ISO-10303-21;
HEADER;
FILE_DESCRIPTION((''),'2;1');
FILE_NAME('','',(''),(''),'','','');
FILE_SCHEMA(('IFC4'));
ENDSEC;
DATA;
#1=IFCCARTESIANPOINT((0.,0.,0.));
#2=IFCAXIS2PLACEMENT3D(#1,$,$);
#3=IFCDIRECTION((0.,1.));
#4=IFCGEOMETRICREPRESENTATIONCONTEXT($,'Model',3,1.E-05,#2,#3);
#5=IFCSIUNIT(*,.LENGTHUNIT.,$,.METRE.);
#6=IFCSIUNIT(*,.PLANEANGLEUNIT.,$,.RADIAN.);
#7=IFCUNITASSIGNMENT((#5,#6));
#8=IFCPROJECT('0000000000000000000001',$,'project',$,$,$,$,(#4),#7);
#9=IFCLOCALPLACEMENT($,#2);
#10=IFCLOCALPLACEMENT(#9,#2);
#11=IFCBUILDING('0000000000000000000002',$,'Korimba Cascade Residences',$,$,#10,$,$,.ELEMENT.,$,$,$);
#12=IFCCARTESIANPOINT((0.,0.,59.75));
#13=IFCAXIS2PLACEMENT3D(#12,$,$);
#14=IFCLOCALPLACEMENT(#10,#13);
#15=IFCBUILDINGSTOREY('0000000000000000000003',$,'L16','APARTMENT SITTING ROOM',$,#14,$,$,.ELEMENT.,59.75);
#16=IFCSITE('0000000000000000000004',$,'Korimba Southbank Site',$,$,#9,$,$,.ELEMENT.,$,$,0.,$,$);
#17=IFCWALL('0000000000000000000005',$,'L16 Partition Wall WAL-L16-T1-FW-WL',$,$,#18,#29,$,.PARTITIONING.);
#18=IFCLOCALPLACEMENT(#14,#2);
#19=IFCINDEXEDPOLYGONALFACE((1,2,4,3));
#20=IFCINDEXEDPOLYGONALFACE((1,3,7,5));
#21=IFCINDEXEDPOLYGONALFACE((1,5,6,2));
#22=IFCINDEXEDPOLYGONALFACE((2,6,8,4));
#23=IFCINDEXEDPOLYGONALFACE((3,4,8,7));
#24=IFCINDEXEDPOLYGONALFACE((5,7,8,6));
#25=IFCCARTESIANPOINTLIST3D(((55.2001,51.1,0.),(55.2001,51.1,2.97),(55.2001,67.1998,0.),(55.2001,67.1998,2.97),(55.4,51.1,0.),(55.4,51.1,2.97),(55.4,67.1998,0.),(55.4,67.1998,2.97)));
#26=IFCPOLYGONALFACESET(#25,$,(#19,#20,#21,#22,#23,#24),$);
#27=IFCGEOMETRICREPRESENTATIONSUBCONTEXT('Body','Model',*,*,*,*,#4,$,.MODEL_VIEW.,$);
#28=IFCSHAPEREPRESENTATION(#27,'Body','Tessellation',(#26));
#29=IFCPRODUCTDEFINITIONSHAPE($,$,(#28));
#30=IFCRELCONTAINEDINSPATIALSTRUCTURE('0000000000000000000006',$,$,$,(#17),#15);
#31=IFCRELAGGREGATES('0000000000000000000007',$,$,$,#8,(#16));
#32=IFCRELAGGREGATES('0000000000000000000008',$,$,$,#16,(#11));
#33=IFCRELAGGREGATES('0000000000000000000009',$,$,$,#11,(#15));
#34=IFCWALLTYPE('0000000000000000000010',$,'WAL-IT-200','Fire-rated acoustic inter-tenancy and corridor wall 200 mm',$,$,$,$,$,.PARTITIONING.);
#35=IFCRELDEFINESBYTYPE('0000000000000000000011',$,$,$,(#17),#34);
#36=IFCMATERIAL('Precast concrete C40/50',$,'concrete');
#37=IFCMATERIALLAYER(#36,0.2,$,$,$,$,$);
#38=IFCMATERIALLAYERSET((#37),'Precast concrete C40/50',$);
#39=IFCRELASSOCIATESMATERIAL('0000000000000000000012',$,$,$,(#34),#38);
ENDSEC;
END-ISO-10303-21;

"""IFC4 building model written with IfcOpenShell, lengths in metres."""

from ifc_helpers import new_model, si_unit, direction, frame, frame_2d, origin, place, context, subcontext, project, spatial, rectangle, extrude, material, layer, layer_set, type_object, element, save


model = new_model("IFC4")

# Units and contexts
model_context = context("Model", 3, precision=1e-05, world=origin(), true_north=direction((0.0, 1.0)))
body_context = subcontext(model_context, "Body", "Model", "MODEL_VIEW")
ifc_project = project(units=[si_unit("LENGTHUNIT", "METRE"), si_unit("PLANEANGLEUNIT", "RADIAN")], contexts=[model_context])

# Site, building, storey
site_placement = place(None, origin())
site = spatial("IfcSite", under=ifc_project, at=site_placement, Name="Korimba Southbank Site", CompositionType="ELEMENT", RefElevation=0.0)
building_placement = place(site_placement, origin())
building = spatial("IfcBuilding", under=site, at=building_placement, Name="Korimba Cascade Residences", CompositionType="ELEMENT")
storey_placement = place(building_placement, frame((0.0, 0.0, 59.75)))
storey = spatial("IfcBuildingStorey", under=building, at=storey_placement, Name="L16", Description="APARTMENT SITTING ROOM", CompositionType="ELEMENT", Elevation=59.75)

# Shared definitions
ifc_material_1 = material(Name="Precast concrete C40/50", Category="concrete")

# Wall
ifc_layer_1 = layer(ifc_material_1, 0.2)
ifc_layer_set_1 = layer_set([ifc_layer_1], Name="Precast concrete C40/50")
wall_type_1 = type_object("IfcWallType", Name="WAL-IT-200", Description="Fire-rated acoustic inter-tenancy and corridor wall 200 mm", PredefinedType="PARTITIONING", material=ifc_layer_set_1)
wall_1_placement = place(storey_placement, frame((55.3, 51.1001, 0.0), z_axis=(0.0, 0.0, 1.0), x_axis=(0.0, 1.0, 0.0)))
element("IfcWall", 1, at=wall_1_placement, inside=storey, type_object=wall_type_1, Name="L16 Partition Wall WAL-L16-T1-FW-WL", PredefinedType="PARTITIONING", context=body_context, shape_type="SweptSolid", body=[
    extrude(rectangle(XDim=16.0999, YDim=0.2, at=frame_2d((8.0498, 0.0))), origin(), (0.0, 0.0, 1.0), 2.97),
])

save(model, "model.ifc")
